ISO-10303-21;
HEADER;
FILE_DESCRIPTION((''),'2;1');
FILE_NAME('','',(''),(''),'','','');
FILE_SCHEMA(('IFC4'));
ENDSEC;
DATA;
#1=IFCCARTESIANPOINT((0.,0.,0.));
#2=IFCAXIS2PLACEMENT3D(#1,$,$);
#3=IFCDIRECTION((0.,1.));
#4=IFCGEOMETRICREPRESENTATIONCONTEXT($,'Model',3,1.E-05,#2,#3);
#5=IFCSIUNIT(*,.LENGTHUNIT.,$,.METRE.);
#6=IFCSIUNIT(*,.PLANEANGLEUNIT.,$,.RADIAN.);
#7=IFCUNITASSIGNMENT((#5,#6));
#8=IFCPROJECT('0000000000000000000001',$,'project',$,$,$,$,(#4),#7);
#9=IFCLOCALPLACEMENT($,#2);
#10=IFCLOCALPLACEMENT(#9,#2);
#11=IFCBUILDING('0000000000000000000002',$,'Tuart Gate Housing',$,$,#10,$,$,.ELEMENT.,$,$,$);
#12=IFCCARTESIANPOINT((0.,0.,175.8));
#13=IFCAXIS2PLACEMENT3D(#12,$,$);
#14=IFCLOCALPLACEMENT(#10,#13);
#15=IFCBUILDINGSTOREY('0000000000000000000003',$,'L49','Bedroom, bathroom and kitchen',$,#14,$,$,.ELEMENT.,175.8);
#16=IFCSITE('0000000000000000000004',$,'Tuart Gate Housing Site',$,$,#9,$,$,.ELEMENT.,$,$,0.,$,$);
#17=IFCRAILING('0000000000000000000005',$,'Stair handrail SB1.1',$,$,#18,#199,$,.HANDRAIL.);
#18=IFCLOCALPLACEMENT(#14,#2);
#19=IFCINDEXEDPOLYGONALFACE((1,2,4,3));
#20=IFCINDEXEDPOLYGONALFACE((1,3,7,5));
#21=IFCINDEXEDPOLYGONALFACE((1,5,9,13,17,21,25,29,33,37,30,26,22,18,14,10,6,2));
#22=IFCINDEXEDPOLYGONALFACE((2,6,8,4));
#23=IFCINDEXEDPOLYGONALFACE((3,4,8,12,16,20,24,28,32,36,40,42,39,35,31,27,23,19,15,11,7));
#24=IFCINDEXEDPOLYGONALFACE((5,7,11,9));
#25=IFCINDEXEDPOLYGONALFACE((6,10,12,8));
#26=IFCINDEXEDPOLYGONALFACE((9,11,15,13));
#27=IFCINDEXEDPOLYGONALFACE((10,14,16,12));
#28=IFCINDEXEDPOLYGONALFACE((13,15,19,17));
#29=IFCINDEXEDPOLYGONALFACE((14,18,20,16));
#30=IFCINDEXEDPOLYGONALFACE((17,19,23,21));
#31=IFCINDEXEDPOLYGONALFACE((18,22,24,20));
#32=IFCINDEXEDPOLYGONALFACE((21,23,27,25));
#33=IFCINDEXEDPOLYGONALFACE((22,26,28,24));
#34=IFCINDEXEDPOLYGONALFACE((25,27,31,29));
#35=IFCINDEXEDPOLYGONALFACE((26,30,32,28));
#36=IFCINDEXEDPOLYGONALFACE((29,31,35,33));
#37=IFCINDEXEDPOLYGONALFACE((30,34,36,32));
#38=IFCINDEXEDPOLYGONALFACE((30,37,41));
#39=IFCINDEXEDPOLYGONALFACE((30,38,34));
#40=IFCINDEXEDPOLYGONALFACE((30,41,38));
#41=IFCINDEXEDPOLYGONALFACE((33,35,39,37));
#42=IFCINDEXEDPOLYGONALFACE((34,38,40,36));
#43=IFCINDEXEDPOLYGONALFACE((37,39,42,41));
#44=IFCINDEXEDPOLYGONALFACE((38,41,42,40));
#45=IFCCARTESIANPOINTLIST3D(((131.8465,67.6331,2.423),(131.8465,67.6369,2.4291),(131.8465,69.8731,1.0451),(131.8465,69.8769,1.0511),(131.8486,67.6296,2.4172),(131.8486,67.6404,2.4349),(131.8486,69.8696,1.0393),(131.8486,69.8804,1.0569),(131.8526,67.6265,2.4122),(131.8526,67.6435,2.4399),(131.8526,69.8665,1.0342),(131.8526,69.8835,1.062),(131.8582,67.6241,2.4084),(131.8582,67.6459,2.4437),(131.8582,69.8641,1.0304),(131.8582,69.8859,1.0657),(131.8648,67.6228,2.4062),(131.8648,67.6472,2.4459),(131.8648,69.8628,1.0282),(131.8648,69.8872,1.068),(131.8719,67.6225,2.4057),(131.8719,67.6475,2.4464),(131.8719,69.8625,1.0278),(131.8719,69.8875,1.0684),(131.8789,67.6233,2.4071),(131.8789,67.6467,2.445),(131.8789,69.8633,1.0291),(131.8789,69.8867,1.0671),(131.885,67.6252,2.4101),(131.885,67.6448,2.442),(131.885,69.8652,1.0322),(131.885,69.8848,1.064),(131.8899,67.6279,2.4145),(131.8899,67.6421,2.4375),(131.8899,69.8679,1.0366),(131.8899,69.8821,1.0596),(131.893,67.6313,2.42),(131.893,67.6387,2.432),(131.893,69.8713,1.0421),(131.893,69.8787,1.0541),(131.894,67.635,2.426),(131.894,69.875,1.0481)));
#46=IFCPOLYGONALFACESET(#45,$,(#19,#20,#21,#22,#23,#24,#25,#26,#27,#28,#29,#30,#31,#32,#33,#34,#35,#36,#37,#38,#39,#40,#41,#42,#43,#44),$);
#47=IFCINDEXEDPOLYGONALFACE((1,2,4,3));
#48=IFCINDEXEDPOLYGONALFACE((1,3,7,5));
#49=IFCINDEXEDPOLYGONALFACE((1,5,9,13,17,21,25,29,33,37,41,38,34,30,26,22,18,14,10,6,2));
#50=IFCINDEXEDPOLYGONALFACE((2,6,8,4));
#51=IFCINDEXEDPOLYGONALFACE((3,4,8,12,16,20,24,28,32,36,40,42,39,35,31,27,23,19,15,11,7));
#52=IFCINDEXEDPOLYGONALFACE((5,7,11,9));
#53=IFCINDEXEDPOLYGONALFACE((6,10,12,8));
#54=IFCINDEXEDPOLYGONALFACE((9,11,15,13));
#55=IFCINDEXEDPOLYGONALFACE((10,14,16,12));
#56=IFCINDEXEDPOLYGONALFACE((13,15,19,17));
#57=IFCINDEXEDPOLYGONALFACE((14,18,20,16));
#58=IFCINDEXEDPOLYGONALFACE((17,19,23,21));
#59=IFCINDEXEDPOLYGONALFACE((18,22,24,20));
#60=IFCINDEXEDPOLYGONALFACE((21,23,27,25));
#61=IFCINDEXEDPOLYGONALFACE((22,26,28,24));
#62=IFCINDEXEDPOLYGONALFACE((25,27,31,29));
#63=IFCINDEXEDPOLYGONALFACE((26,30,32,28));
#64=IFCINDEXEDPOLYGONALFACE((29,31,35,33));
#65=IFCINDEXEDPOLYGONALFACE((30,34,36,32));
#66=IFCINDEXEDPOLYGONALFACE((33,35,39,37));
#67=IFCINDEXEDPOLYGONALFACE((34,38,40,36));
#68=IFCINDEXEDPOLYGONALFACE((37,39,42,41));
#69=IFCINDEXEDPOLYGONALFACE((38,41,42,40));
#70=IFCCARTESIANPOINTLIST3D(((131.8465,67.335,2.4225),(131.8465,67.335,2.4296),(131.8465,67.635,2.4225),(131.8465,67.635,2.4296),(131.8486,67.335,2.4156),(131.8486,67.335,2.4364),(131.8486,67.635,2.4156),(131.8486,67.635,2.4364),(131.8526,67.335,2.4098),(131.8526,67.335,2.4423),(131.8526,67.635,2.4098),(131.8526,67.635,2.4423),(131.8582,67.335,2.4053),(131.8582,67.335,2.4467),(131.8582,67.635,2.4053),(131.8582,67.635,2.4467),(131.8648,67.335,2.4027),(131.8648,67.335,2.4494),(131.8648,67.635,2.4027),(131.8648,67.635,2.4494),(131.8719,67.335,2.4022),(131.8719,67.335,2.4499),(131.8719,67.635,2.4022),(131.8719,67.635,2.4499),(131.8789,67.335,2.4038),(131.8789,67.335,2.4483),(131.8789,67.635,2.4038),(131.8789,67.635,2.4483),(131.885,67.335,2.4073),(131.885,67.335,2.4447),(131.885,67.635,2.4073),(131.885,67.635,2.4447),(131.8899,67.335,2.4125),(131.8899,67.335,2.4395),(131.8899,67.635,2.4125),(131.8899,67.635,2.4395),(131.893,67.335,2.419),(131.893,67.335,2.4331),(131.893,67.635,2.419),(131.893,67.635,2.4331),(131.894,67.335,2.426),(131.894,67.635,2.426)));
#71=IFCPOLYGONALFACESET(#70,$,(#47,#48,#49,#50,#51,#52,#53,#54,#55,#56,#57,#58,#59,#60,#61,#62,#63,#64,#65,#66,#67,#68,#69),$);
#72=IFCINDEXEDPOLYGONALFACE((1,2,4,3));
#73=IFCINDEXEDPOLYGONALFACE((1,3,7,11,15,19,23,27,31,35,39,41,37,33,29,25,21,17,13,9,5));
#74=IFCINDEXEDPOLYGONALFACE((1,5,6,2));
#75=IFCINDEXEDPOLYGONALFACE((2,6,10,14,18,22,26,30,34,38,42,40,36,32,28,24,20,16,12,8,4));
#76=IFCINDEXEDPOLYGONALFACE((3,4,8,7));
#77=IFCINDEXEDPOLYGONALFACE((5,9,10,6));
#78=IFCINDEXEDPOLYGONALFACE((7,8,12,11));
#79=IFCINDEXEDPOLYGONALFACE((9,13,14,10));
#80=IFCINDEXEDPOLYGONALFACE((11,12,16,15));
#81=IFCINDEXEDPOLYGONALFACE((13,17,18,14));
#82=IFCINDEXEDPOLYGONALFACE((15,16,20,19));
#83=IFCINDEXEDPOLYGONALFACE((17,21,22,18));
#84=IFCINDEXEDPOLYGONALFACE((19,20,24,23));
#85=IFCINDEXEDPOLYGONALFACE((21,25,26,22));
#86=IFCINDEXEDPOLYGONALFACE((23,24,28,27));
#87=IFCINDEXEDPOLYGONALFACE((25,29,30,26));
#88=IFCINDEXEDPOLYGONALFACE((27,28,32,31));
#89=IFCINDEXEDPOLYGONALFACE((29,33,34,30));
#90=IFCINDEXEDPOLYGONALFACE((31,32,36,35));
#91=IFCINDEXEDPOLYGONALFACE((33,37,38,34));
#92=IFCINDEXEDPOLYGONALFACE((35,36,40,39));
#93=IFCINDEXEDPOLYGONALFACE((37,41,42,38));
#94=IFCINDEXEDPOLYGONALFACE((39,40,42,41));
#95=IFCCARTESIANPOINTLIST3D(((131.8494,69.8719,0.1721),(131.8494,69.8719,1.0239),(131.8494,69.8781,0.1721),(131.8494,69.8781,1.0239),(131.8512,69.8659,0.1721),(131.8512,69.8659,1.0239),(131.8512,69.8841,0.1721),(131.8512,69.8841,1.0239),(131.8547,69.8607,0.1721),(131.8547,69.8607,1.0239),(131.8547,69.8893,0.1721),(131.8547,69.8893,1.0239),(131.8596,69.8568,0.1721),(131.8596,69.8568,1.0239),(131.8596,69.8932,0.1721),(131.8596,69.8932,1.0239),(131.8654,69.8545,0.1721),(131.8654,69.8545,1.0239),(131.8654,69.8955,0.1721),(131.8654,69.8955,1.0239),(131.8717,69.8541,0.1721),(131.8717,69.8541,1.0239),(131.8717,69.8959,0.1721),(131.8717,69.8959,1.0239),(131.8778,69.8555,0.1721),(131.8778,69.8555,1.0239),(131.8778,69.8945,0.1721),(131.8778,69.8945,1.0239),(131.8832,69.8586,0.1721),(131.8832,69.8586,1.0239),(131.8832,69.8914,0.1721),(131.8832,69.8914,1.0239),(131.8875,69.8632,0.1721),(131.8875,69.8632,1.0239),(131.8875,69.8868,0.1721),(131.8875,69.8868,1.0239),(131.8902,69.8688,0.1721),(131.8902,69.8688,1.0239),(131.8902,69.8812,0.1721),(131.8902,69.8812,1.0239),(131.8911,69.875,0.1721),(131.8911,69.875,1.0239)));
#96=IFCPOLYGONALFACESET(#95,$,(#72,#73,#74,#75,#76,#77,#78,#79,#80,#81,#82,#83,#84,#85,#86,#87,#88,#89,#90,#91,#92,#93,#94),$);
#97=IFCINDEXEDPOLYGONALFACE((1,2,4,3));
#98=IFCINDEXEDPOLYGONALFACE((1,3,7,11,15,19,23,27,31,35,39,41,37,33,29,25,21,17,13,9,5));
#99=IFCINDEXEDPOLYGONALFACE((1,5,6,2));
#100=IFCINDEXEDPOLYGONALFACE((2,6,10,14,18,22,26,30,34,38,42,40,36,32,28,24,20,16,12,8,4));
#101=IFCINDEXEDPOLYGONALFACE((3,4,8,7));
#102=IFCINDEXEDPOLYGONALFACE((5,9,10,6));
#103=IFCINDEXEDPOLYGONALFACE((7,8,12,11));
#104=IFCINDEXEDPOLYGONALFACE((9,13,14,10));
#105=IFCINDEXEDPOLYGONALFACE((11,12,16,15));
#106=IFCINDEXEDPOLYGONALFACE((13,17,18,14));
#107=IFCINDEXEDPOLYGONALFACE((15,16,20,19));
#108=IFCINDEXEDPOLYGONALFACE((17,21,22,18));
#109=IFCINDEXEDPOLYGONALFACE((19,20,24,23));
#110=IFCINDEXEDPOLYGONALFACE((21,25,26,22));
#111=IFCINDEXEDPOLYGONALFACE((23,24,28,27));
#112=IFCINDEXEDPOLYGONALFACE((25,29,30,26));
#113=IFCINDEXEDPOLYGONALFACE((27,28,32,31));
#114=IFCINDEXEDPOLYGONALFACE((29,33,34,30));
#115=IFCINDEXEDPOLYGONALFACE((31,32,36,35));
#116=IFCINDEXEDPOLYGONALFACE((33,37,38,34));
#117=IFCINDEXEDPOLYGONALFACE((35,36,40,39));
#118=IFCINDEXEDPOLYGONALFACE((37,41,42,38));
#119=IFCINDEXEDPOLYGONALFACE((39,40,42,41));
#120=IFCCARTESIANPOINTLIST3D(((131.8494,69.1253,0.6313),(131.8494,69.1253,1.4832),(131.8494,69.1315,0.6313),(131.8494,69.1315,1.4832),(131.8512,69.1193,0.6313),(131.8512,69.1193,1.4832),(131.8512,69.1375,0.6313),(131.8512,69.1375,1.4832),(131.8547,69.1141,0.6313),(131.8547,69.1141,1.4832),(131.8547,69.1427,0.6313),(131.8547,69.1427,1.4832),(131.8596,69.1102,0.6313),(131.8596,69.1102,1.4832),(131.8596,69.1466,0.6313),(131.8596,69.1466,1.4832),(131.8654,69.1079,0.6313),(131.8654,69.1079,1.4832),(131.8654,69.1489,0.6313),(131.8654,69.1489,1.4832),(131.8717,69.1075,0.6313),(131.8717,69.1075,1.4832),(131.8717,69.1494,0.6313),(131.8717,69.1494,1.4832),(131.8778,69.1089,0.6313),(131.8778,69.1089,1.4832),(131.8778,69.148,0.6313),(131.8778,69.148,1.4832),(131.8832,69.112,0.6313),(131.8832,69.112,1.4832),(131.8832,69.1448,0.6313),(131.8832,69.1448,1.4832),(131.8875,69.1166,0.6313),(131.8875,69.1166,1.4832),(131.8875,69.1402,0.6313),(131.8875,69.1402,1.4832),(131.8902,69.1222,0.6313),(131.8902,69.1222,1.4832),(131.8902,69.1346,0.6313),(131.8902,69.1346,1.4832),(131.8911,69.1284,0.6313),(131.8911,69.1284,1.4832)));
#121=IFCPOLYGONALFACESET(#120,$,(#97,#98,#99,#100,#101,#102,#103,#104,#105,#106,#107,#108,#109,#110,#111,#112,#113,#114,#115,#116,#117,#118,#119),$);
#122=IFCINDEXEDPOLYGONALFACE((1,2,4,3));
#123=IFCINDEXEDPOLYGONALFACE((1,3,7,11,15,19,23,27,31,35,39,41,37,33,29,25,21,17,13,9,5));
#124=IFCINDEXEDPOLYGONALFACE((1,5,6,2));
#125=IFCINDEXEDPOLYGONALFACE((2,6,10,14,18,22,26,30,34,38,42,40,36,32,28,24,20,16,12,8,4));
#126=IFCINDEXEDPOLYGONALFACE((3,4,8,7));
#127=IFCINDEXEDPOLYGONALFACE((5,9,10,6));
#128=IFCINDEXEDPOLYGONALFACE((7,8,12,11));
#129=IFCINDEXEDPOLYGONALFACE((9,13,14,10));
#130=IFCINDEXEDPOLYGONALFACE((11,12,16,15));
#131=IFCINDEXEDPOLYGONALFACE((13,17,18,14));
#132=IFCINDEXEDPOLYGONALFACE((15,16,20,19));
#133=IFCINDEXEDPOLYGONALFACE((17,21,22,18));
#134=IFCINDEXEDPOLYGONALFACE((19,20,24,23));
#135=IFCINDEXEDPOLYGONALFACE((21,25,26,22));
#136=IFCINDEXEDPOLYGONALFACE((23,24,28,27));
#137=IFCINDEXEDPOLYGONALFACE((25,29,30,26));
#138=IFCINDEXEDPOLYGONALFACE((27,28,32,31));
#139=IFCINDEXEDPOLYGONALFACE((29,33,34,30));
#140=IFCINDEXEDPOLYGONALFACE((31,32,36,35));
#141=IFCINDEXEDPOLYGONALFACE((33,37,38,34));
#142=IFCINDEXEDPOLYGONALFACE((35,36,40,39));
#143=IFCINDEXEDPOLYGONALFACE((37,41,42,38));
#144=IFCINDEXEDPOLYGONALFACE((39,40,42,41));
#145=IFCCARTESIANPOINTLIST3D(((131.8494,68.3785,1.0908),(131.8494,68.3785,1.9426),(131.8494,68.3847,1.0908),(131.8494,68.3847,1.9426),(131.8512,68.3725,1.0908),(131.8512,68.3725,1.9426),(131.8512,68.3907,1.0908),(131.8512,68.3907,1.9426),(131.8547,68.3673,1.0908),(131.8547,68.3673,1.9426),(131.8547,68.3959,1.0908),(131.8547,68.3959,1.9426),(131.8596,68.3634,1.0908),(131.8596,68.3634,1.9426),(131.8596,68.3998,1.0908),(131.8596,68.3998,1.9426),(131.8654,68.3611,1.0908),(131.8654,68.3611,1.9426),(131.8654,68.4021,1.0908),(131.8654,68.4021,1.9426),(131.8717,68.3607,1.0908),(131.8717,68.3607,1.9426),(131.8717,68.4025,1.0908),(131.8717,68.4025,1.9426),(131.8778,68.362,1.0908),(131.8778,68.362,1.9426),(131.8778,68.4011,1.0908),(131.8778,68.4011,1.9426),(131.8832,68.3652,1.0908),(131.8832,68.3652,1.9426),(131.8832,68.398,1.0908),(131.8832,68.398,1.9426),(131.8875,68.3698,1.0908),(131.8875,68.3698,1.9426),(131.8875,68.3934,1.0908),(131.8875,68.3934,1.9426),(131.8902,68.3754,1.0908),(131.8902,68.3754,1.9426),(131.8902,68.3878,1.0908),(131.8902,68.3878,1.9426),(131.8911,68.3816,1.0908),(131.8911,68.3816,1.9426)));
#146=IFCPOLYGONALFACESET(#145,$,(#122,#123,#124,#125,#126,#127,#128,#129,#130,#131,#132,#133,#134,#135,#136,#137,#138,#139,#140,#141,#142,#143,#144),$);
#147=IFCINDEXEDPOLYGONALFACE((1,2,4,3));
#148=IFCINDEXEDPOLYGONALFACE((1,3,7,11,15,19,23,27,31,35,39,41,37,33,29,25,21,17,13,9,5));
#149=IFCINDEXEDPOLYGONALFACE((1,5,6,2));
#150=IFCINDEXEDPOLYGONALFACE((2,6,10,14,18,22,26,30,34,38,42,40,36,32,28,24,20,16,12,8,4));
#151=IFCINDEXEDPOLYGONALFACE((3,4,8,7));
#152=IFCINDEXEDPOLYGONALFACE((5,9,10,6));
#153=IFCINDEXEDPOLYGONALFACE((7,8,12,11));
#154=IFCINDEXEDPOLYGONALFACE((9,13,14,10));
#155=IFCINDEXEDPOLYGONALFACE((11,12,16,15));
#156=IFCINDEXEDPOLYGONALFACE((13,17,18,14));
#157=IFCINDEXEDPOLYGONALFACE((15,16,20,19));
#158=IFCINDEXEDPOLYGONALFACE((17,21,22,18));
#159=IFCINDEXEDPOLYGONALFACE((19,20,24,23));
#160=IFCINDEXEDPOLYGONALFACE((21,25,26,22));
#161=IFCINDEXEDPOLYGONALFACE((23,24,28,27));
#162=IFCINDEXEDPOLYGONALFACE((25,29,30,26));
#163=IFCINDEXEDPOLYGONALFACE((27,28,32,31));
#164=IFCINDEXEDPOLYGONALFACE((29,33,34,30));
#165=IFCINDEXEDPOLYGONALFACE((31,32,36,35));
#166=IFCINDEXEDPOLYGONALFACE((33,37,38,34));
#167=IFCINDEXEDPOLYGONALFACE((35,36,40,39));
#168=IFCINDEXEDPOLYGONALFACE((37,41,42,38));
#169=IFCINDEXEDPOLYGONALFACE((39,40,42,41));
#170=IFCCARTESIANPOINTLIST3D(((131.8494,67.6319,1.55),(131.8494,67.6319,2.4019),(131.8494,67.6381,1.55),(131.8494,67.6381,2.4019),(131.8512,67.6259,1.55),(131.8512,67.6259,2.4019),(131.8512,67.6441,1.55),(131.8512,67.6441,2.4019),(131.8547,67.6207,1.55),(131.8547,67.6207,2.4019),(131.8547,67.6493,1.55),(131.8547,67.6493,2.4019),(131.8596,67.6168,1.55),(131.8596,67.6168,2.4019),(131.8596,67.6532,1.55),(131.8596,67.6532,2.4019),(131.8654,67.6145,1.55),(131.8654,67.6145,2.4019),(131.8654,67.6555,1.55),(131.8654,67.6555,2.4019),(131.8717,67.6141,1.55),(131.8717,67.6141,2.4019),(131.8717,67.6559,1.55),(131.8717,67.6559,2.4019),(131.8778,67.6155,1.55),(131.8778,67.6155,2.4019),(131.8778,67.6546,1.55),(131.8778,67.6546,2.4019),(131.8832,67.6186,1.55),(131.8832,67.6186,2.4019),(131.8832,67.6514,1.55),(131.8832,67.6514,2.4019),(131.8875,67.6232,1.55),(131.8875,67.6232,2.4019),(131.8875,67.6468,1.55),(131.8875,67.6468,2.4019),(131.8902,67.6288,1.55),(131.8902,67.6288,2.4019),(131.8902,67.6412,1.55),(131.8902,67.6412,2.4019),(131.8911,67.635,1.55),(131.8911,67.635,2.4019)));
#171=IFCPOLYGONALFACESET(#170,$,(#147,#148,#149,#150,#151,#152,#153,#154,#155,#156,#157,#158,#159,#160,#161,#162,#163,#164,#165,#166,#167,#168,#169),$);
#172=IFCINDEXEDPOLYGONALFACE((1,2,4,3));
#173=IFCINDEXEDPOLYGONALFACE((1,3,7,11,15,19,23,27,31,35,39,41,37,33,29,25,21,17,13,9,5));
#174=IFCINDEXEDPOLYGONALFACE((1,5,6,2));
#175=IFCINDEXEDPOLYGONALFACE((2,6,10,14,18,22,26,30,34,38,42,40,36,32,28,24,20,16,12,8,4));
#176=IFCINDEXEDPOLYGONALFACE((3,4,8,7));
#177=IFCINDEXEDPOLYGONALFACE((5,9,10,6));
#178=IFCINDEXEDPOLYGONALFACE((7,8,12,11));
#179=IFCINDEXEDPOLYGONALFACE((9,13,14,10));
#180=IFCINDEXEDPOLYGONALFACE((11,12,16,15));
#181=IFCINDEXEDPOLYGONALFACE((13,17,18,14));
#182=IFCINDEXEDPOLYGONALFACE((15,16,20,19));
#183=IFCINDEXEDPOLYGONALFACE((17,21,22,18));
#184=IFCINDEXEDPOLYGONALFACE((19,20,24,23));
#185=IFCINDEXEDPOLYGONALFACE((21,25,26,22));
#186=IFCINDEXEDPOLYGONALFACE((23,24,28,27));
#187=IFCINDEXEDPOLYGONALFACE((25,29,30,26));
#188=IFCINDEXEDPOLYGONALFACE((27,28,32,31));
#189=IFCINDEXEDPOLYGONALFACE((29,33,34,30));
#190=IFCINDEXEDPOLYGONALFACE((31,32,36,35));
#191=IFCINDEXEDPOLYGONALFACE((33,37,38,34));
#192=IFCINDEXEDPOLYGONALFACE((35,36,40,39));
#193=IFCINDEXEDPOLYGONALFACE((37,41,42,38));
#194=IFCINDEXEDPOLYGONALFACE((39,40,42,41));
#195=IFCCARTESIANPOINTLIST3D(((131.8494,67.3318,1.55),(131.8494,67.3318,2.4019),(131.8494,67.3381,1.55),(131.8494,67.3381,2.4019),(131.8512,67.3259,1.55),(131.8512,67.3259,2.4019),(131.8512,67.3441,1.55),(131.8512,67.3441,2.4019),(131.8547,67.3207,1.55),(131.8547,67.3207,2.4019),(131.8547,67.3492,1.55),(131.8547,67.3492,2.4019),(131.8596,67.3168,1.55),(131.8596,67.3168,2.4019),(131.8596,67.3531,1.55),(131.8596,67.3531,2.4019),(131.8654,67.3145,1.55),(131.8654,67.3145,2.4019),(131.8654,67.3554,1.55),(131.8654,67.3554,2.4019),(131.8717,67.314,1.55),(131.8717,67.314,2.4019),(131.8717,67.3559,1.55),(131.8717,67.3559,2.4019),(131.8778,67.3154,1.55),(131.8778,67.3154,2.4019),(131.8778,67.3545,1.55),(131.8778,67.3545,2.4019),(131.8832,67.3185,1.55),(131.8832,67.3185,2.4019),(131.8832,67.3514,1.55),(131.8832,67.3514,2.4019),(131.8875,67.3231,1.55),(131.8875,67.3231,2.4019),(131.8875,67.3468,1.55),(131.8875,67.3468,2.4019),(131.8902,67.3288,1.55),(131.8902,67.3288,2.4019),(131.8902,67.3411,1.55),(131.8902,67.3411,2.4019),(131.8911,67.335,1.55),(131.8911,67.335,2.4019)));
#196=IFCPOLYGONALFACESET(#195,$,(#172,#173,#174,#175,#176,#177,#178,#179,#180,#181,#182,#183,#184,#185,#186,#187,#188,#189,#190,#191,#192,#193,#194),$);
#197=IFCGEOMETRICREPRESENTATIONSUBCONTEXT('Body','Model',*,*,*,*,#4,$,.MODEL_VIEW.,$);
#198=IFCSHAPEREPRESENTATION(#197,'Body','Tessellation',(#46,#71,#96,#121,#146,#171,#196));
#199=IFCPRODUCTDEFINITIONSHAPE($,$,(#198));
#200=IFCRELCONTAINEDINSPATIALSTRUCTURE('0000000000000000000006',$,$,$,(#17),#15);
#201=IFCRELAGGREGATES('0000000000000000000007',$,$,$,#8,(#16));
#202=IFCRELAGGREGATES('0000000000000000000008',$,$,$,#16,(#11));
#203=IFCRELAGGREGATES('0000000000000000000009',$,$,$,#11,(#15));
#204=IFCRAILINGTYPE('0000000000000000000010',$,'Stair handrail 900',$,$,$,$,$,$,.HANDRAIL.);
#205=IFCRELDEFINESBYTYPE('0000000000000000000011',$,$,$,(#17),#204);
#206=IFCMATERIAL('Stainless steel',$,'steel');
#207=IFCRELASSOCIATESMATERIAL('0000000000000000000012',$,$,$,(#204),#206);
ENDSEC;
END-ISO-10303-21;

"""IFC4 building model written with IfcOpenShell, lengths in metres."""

from ifc_helpers import new_model, si_unit, direction, frame, origin, origin_2d, place, context, subcontext, project, spatial, circle, extrude, material, type_object, element, save


model = new_model("IFC4")

# Units and contexts
model_context = context("Model", 3, precision=1e-05, world=origin(), true_north=direction((0.0, 1.0)))
body_context = subcontext(model_context, "Body", "Model", "MODEL_VIEW")
ifc_project = project(units=[si_unit("LENGTHUNIT", "METRE"), si_unit("PLANEANGLEUNIT", "RADIAN")], contexts=[model_context])

# Site, building, storey
site_placement = place(None, origin())
site = spatial("IfcSite", under=ifc_project, at=site_placement, Name="Tuart Gate Housing Site", CompositionType="ELEMENT", RefElevation=0.0)
building_placement = place(site_placement, origin())
building = spatial("IfcBuilding", under=site, at=building_placement, Name="Tuart Gate Housing", CompositionType="ELEMENT")
storey_placement = place(building_placement, frame((0.0, 0.0, 175.8)))
storey = spatial("IfcBuildingStorey", under=building, at=storey_placement, Name="L49", Description="Bedroom, bathroom and kitchen", CompositionType="ELEMENT", Elevation=175.8)

# Railing
ifc_material_1 = material(Name="Stainless steel", Category="steel")
railing_type = type_object("IfcRailingType", Name="Stair handrail 900", PredefinedType="HANDRAIL", material=ifc_material_1)
railing_placement = place(storey_placement, frame((131.8701, 69.875, 0.1721)))
element("IfcRailing", 1, at=railing_placement, inside=storey, type_object=railing_type, Name="Stair handrail SB1.1", PredefinedType="HANDRAIL", context=body_context, shape_type="SweptSolid", body=[
    extrude(circle(Radius=0.0239, at=origin_2d()), frame((0.0, 0.0, 0.876), z_axis=(0.0, -0.851748, 0.523952), x_axis=(1.0, 0.0, 0.0)), (0.0, 0.0, 1.0), 2.6299),
    extrude(circle(Radius=0.0239, at=origin_2d()), frame((0.0, -2.24, 2.2539), z_axis=(0.0, -1.0, 0.0), x_axis=(1.0, 0.0, 0.0)), (0.0, 0.0, 1.0), 0.3),
    extrude(circle(Radius=0.021, at=origin_2d()), origin(), (0.0, 0.0, 1.0), 0.8518),
    extrude(circle(Radius=0.021, at=origin_2d()), frame((0.0, -0.7466, 0.4592)), (0.0, 0.0, 1.0), 0.8518),
    extrude(circle(Radius=0.021, at=origin_2d()), frame((0.0, -1.4934, 0.9187)), (0.0, 0.0, 1.0), 0.8518),
    extrude(circle(Radius=0.021, at=origin_2d()), frame((0.0, -2.24, 1.3779)), (0.0, 0.0, 1.0), 0.8518),
    extrude(circle(Radius=0.021, at=origin_2d()), frame((0.0, -2.54, 1.3779)), (0.0, 0.0, 1.0), 0.8518),
])

save(model, "model.ifc")
